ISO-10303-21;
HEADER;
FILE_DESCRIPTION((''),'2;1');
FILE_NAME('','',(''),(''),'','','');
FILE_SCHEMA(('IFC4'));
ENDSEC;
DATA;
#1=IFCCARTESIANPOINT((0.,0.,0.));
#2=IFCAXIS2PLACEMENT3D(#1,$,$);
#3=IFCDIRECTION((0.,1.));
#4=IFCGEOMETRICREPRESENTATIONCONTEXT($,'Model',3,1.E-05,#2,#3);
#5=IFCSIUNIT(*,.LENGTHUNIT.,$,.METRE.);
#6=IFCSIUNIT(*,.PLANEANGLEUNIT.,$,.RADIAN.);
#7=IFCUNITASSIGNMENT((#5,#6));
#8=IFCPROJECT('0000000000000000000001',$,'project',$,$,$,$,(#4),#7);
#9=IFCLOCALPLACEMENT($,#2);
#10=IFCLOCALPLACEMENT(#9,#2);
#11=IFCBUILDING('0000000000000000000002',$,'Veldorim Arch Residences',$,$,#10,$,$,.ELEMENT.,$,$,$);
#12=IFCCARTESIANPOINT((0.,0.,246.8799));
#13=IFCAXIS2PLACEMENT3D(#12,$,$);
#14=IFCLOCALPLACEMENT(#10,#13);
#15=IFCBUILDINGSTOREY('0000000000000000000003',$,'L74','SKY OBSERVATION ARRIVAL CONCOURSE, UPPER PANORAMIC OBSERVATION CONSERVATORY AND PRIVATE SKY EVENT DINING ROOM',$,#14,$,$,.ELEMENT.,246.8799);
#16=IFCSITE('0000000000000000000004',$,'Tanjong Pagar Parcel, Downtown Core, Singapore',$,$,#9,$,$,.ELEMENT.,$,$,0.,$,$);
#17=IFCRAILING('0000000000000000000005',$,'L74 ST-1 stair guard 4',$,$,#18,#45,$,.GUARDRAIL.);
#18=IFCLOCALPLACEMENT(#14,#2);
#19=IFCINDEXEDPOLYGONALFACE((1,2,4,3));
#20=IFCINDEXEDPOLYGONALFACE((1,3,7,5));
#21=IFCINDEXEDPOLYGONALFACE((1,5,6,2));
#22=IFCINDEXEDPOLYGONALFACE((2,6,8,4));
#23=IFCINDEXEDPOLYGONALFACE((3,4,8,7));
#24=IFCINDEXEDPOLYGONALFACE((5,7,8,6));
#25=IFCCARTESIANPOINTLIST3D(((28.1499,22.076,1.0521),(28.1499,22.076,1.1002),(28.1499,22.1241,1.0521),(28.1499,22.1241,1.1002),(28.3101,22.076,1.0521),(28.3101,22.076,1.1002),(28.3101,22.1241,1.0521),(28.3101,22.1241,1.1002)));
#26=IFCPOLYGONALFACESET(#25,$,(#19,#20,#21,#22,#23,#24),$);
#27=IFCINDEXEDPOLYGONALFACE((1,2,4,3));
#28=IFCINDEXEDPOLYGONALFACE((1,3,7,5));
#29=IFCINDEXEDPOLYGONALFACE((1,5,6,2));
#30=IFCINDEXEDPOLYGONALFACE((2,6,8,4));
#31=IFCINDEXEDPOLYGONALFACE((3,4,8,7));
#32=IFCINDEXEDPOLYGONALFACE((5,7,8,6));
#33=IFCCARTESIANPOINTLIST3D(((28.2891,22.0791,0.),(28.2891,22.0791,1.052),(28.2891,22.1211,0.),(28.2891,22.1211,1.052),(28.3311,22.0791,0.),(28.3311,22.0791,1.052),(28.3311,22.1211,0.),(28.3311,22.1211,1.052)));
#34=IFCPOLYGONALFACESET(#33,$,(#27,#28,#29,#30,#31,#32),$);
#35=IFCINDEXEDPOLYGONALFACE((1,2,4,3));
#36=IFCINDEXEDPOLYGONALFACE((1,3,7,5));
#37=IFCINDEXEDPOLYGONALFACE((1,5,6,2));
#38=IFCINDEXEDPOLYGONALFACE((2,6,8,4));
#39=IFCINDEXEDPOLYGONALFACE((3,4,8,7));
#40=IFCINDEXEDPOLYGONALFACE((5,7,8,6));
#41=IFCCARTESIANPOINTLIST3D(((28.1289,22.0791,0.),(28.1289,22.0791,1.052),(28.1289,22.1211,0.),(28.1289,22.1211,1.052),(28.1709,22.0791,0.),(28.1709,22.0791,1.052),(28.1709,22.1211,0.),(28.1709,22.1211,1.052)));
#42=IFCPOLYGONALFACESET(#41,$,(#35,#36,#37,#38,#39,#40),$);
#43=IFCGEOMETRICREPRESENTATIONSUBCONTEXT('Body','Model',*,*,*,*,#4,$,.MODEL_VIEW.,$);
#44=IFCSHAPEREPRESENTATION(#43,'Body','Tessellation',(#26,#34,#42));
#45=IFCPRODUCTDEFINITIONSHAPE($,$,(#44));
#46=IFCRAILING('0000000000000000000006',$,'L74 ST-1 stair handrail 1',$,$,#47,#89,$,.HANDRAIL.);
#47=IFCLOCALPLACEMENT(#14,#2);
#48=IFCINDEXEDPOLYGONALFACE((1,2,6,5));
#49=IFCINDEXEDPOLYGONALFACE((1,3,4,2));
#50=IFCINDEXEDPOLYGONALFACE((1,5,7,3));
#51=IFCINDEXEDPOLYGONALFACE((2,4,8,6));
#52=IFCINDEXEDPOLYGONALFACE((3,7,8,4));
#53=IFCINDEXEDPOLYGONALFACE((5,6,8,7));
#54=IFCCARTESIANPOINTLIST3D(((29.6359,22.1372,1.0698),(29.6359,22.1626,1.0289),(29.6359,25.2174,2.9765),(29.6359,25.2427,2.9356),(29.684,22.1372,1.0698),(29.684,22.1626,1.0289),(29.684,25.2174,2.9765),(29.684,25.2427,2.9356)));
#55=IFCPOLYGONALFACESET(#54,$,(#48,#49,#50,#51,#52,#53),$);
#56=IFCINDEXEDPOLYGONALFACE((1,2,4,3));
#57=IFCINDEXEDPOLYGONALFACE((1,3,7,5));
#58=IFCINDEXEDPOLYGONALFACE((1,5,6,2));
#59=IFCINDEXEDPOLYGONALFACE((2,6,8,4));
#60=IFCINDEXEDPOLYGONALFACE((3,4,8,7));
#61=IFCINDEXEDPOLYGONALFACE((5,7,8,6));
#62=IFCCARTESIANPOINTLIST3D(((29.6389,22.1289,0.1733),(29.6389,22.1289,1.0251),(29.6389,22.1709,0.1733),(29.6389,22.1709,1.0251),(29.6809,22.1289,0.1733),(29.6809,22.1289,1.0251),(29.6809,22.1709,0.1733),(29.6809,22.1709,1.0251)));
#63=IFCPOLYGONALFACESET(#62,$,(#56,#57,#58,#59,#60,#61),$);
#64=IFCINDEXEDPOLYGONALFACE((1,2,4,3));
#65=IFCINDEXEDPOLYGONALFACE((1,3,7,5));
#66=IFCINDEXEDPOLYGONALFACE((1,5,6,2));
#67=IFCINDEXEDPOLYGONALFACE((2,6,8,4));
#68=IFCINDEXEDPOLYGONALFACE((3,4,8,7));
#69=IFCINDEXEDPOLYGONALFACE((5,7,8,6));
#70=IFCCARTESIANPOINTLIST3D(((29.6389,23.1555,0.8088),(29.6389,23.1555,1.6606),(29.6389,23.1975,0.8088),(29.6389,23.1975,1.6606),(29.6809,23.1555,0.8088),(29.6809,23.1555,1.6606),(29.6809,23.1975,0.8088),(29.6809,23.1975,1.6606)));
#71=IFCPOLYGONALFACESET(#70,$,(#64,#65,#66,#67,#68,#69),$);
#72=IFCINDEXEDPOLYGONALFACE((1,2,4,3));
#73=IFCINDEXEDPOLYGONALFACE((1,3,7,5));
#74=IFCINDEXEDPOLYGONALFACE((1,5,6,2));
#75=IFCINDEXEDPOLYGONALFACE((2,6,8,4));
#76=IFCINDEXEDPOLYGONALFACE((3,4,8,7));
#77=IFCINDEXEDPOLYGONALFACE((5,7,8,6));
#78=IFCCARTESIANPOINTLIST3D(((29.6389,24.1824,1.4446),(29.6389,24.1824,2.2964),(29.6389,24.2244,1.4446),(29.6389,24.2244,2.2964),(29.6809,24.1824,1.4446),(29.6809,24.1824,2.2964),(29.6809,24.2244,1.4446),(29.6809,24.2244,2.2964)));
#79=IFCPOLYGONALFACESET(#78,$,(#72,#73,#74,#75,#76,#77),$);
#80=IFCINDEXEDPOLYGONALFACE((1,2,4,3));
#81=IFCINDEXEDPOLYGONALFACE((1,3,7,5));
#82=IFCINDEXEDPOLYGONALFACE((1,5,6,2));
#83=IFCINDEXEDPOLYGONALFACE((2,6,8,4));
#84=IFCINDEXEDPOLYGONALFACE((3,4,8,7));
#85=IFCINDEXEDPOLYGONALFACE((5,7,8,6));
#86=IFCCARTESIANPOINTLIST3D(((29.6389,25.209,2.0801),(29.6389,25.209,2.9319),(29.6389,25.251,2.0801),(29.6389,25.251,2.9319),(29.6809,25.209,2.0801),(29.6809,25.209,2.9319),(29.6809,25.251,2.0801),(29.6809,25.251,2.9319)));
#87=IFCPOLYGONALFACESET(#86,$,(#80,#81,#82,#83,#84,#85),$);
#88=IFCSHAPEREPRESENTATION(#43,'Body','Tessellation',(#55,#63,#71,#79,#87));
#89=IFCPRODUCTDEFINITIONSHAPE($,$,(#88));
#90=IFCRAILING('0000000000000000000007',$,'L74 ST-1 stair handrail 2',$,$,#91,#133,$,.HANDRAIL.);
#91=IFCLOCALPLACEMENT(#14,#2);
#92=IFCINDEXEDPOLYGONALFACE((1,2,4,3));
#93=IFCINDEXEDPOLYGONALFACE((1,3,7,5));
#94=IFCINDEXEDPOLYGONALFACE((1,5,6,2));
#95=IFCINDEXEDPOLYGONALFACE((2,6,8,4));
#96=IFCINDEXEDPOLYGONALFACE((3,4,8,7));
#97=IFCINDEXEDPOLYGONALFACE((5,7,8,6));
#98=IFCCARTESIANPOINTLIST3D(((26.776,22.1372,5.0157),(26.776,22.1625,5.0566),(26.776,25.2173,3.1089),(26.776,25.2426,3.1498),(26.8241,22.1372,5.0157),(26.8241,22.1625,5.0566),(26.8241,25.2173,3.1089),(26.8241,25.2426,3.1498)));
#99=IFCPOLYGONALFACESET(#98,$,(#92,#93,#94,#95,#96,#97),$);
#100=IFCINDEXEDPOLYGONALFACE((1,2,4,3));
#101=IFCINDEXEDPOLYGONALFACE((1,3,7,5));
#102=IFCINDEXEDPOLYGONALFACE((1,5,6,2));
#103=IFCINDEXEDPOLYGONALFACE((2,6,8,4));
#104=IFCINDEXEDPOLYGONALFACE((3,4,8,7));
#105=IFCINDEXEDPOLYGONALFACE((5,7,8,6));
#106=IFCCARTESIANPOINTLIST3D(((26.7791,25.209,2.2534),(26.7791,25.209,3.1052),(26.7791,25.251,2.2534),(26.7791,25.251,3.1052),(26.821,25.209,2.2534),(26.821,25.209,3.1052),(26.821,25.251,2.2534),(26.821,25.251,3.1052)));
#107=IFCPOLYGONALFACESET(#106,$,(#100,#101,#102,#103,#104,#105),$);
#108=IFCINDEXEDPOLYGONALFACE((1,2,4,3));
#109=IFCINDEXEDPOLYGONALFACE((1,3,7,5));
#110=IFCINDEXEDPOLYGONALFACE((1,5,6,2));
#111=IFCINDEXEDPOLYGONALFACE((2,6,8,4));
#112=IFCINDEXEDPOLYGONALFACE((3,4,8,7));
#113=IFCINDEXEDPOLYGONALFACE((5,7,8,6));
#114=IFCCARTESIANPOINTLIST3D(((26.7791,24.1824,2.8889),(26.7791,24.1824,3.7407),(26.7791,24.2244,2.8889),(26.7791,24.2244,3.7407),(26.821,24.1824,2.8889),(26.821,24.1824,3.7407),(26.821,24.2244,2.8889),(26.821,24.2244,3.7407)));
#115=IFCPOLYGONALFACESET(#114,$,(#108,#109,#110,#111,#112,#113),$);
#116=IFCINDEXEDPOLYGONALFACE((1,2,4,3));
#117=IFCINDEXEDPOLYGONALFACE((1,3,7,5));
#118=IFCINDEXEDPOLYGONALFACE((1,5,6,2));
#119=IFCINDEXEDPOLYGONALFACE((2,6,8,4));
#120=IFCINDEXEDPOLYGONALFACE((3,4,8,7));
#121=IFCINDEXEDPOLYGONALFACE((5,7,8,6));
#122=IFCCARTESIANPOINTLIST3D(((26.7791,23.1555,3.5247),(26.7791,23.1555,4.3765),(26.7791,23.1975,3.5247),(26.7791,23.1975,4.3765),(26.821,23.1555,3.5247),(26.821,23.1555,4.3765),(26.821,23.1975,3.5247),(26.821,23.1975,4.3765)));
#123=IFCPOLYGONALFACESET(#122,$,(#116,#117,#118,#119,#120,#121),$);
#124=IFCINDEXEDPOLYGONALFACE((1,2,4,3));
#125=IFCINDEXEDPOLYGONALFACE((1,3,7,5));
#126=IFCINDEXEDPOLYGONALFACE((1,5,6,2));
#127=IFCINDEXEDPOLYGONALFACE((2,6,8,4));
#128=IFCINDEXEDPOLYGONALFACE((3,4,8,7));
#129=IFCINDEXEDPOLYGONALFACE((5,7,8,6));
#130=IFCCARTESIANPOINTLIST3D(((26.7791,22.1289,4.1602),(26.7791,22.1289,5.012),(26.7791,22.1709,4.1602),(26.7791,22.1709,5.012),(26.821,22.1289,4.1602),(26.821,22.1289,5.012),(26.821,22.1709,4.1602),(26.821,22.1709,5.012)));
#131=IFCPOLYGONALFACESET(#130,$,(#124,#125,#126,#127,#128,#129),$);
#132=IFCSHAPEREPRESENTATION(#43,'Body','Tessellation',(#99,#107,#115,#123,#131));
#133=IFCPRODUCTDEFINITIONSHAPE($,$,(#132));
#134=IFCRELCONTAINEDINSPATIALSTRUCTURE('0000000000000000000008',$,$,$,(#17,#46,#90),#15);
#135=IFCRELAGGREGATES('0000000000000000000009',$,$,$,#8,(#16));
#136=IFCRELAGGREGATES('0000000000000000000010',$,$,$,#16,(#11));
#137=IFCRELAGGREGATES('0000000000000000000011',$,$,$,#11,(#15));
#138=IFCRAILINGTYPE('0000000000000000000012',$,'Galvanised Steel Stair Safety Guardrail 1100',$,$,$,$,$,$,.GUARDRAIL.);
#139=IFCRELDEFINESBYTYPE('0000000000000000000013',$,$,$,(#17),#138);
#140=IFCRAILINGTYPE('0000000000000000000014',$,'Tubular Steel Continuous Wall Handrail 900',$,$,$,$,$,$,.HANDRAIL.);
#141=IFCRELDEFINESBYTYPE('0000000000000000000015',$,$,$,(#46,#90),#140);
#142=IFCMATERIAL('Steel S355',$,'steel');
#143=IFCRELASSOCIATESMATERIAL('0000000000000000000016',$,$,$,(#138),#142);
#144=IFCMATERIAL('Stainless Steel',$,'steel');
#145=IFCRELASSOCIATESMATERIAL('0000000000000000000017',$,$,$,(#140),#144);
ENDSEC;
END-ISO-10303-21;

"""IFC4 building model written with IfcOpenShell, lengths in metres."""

from ifc_helpers import new_model, si_unit, direction, frame, origin, origin_2d, place, context, subcontext, project, spatial, rectangle, extrude, material, type_object, element, save


model = new_model("IFC4")

# Units and contexts
model_context = context("Model", 3, precision=1e-05, world=origin(), true_north=direction((0.0, 1.0)))
body_context = subcontext(model_context, "Body", "Model", "MODEL_VIEW")
ifc_project = project(units=[si_unit("LENGTHUNIT", "METRE"), si_unit("PLANEANGLEUNIT", "RADIAN")], contexts=[model_context])

# Site, building, storey
site_placement = place(None, origin())
site = spatial("IfcSite", under=ifc_project, at=site_placement, Name="Tanjong Pagar Parcel, Downtown Core, Singapore", CompositionType="ELEMENT", RefElevation=0.0)
building_placement = place(site_placement, origin())
building = spatial("IfcBuilding", under=site, at=building_placement, Name="Veldorim Arch Residences", CompositionType="ELEMENT")
storey_placement = place(building_placement, frame((0.0, 0.0, 246.8799)))
storey = spatial("IfcBuildingStorey", under=building, at=storey_placement, Name="L74", Description="SKY OBSERVATION ARRIVAL CONCOURSE, UPPER PANORAMIC OBSERVATION CONSERVATORY AND PRIVATE SKY EVENT DINING ROOM", CompositionType="ELEMENT", Elevation=246.8799)

# Railings
ifc_material_1 = material(Name="Steel S355", Category="steel")
railing_type_1 = type_object("IfcRailingType", Name="Galvanised Steel Stair Safety Guardrail 1100", PredefinedType="GUARDRAIL", material=ifc_material_1)
railing_1_placement = place(storey_placement, frame((28.3101, 22.1001, 0.0)))
element("IfcRailing", 1, at=railing_1_placement, inside=storey, type_object=railing_type_1, Name="L74 ST-1 stair guard 4", PredefinedType="GUARDRAIL", context=body_context, shape_type="SweptSolid", body=[
    extrude(rectangle(XDim=0.0481, YDim=0.0481, at=origin_2d()), frame((0.0, 0.0, 1.0762), z_axis=(-1.0, 0.0, 0.0), x_axis=(0.0, -1.0, 0.0)), (0.0, 0.0, 1.0), 0.1602),
    extrude(rectangle(XDim=0.042, YDim=0.042, at=origin_2d()), origin(), (0.0, 0.0, 1.0), 1.052),
    extrude(rectangle(XDim=0.042, YDim=0.042, at=origin_2d()), frame((-0.1602, 0.0, 0.0)), (0.0, 0.0, 1.0), 1.052),
])
ifc_material_2 = material(Name="Stainless Steel", Category="steel")
railing_type_2 = type_object("IfcRailingType", Name="Tubular Steel Continuous Wall Handrail 900", PredefinedType="HANDRAIL", material=ifc_material_2)
railing_2_placement = place(storey_placement, frame((29.6599, 22.1499, 0.1733)))
element("IfcRailing", 2, at=railing_2_placement, inside=storey, type_object=railing_type_2, Name="L74 ST-1 stair handrail 1", PredefinedType="HANDRAIL", context=body_context, shape_type="SweptSolid", body=[
    extrude(rectangle(XDim=0.0481, YDim=0.0481, at=origin_2d()), frame((0.0, 0.0, 0.876), z_axis=(0.0, 0.850262, 0.526359), x_axis=(-1.0, 0.0, 0.0)), (0.0, 0.0, 1.0), 3.6226),
    extrude(rectangle(XDim=0.042, YDim=0.042, at=origin_2d()), origin(), (0.0, 0.0, 1.0), 0.8518),
    extrude(rectangle(XDim=0.042, YDim=0.042, at=origin_2d()), frame((0.0, 1.0266, 0.6355)), (0.0, 0.0, 1.0), 0.8518),
    extrude(rectangle(XDim=0.042, YDim=0.042, at=origin_2d()), frame((0.0, 2.0535, 1.2712)), (0.0, 0.0, 1.0), 0.8518),
    extrude(rectangle(XDim=0.042, YDim=0.042, at=origin_2d()), frame((0.0, 3.0801, 1.9067)), (0.0, 0.0, 1.0), 0.8518),
])
railing_3_placement = place(storey_placement, frame((26.8, 25.23, 2.2534)))
element("IfcRailing", 3, at=railing_3_placement, inside=storey, type_object=railing_type_2, Name="L74 ST-1 stair handrail 2", PredefinedType="HANDRAIL", context=body_context, shape_type="SweptSolid", body=[
    extrude(rectangle(XDim=0.0481, YDim=0.0481, at=origin_2d()), frame((0.0, 0.0, 0.876), z_axis=(0.0, -0.850262, 0.526359), x_axis=(1.0, 0.0, 0.0)), (0.0, 0.0, 1.0), 3.6226),
    extrude(rectangle(XDim=0.042, YDim=0.042, at=origin_2d()), origin(), (0.0, 0.0, 1.0), 0.8518),
    extrude(rectangle(XDim=0.042, YDim=0.042, at=origin_2d()), frame((0.0, -1.0266, 0.6355)), (0.0, 0.0, 1.0), 0.8518),
    extrude(rectangle(XDim=0.042, YDim=0.042, at=origin_2d()), frame((0.0, -2.0535, 1.2712)), (0.0, 0.0, 1.0), 0.8518),
    extrude(rectangle(XDim=0.042, YDim=0.042, at=origin_2d()), frame((0.0, -3.0801, 1.9067)), (0.0, 0.0, 1.0), 0.8518),
])

save(model, "model.ifc")
